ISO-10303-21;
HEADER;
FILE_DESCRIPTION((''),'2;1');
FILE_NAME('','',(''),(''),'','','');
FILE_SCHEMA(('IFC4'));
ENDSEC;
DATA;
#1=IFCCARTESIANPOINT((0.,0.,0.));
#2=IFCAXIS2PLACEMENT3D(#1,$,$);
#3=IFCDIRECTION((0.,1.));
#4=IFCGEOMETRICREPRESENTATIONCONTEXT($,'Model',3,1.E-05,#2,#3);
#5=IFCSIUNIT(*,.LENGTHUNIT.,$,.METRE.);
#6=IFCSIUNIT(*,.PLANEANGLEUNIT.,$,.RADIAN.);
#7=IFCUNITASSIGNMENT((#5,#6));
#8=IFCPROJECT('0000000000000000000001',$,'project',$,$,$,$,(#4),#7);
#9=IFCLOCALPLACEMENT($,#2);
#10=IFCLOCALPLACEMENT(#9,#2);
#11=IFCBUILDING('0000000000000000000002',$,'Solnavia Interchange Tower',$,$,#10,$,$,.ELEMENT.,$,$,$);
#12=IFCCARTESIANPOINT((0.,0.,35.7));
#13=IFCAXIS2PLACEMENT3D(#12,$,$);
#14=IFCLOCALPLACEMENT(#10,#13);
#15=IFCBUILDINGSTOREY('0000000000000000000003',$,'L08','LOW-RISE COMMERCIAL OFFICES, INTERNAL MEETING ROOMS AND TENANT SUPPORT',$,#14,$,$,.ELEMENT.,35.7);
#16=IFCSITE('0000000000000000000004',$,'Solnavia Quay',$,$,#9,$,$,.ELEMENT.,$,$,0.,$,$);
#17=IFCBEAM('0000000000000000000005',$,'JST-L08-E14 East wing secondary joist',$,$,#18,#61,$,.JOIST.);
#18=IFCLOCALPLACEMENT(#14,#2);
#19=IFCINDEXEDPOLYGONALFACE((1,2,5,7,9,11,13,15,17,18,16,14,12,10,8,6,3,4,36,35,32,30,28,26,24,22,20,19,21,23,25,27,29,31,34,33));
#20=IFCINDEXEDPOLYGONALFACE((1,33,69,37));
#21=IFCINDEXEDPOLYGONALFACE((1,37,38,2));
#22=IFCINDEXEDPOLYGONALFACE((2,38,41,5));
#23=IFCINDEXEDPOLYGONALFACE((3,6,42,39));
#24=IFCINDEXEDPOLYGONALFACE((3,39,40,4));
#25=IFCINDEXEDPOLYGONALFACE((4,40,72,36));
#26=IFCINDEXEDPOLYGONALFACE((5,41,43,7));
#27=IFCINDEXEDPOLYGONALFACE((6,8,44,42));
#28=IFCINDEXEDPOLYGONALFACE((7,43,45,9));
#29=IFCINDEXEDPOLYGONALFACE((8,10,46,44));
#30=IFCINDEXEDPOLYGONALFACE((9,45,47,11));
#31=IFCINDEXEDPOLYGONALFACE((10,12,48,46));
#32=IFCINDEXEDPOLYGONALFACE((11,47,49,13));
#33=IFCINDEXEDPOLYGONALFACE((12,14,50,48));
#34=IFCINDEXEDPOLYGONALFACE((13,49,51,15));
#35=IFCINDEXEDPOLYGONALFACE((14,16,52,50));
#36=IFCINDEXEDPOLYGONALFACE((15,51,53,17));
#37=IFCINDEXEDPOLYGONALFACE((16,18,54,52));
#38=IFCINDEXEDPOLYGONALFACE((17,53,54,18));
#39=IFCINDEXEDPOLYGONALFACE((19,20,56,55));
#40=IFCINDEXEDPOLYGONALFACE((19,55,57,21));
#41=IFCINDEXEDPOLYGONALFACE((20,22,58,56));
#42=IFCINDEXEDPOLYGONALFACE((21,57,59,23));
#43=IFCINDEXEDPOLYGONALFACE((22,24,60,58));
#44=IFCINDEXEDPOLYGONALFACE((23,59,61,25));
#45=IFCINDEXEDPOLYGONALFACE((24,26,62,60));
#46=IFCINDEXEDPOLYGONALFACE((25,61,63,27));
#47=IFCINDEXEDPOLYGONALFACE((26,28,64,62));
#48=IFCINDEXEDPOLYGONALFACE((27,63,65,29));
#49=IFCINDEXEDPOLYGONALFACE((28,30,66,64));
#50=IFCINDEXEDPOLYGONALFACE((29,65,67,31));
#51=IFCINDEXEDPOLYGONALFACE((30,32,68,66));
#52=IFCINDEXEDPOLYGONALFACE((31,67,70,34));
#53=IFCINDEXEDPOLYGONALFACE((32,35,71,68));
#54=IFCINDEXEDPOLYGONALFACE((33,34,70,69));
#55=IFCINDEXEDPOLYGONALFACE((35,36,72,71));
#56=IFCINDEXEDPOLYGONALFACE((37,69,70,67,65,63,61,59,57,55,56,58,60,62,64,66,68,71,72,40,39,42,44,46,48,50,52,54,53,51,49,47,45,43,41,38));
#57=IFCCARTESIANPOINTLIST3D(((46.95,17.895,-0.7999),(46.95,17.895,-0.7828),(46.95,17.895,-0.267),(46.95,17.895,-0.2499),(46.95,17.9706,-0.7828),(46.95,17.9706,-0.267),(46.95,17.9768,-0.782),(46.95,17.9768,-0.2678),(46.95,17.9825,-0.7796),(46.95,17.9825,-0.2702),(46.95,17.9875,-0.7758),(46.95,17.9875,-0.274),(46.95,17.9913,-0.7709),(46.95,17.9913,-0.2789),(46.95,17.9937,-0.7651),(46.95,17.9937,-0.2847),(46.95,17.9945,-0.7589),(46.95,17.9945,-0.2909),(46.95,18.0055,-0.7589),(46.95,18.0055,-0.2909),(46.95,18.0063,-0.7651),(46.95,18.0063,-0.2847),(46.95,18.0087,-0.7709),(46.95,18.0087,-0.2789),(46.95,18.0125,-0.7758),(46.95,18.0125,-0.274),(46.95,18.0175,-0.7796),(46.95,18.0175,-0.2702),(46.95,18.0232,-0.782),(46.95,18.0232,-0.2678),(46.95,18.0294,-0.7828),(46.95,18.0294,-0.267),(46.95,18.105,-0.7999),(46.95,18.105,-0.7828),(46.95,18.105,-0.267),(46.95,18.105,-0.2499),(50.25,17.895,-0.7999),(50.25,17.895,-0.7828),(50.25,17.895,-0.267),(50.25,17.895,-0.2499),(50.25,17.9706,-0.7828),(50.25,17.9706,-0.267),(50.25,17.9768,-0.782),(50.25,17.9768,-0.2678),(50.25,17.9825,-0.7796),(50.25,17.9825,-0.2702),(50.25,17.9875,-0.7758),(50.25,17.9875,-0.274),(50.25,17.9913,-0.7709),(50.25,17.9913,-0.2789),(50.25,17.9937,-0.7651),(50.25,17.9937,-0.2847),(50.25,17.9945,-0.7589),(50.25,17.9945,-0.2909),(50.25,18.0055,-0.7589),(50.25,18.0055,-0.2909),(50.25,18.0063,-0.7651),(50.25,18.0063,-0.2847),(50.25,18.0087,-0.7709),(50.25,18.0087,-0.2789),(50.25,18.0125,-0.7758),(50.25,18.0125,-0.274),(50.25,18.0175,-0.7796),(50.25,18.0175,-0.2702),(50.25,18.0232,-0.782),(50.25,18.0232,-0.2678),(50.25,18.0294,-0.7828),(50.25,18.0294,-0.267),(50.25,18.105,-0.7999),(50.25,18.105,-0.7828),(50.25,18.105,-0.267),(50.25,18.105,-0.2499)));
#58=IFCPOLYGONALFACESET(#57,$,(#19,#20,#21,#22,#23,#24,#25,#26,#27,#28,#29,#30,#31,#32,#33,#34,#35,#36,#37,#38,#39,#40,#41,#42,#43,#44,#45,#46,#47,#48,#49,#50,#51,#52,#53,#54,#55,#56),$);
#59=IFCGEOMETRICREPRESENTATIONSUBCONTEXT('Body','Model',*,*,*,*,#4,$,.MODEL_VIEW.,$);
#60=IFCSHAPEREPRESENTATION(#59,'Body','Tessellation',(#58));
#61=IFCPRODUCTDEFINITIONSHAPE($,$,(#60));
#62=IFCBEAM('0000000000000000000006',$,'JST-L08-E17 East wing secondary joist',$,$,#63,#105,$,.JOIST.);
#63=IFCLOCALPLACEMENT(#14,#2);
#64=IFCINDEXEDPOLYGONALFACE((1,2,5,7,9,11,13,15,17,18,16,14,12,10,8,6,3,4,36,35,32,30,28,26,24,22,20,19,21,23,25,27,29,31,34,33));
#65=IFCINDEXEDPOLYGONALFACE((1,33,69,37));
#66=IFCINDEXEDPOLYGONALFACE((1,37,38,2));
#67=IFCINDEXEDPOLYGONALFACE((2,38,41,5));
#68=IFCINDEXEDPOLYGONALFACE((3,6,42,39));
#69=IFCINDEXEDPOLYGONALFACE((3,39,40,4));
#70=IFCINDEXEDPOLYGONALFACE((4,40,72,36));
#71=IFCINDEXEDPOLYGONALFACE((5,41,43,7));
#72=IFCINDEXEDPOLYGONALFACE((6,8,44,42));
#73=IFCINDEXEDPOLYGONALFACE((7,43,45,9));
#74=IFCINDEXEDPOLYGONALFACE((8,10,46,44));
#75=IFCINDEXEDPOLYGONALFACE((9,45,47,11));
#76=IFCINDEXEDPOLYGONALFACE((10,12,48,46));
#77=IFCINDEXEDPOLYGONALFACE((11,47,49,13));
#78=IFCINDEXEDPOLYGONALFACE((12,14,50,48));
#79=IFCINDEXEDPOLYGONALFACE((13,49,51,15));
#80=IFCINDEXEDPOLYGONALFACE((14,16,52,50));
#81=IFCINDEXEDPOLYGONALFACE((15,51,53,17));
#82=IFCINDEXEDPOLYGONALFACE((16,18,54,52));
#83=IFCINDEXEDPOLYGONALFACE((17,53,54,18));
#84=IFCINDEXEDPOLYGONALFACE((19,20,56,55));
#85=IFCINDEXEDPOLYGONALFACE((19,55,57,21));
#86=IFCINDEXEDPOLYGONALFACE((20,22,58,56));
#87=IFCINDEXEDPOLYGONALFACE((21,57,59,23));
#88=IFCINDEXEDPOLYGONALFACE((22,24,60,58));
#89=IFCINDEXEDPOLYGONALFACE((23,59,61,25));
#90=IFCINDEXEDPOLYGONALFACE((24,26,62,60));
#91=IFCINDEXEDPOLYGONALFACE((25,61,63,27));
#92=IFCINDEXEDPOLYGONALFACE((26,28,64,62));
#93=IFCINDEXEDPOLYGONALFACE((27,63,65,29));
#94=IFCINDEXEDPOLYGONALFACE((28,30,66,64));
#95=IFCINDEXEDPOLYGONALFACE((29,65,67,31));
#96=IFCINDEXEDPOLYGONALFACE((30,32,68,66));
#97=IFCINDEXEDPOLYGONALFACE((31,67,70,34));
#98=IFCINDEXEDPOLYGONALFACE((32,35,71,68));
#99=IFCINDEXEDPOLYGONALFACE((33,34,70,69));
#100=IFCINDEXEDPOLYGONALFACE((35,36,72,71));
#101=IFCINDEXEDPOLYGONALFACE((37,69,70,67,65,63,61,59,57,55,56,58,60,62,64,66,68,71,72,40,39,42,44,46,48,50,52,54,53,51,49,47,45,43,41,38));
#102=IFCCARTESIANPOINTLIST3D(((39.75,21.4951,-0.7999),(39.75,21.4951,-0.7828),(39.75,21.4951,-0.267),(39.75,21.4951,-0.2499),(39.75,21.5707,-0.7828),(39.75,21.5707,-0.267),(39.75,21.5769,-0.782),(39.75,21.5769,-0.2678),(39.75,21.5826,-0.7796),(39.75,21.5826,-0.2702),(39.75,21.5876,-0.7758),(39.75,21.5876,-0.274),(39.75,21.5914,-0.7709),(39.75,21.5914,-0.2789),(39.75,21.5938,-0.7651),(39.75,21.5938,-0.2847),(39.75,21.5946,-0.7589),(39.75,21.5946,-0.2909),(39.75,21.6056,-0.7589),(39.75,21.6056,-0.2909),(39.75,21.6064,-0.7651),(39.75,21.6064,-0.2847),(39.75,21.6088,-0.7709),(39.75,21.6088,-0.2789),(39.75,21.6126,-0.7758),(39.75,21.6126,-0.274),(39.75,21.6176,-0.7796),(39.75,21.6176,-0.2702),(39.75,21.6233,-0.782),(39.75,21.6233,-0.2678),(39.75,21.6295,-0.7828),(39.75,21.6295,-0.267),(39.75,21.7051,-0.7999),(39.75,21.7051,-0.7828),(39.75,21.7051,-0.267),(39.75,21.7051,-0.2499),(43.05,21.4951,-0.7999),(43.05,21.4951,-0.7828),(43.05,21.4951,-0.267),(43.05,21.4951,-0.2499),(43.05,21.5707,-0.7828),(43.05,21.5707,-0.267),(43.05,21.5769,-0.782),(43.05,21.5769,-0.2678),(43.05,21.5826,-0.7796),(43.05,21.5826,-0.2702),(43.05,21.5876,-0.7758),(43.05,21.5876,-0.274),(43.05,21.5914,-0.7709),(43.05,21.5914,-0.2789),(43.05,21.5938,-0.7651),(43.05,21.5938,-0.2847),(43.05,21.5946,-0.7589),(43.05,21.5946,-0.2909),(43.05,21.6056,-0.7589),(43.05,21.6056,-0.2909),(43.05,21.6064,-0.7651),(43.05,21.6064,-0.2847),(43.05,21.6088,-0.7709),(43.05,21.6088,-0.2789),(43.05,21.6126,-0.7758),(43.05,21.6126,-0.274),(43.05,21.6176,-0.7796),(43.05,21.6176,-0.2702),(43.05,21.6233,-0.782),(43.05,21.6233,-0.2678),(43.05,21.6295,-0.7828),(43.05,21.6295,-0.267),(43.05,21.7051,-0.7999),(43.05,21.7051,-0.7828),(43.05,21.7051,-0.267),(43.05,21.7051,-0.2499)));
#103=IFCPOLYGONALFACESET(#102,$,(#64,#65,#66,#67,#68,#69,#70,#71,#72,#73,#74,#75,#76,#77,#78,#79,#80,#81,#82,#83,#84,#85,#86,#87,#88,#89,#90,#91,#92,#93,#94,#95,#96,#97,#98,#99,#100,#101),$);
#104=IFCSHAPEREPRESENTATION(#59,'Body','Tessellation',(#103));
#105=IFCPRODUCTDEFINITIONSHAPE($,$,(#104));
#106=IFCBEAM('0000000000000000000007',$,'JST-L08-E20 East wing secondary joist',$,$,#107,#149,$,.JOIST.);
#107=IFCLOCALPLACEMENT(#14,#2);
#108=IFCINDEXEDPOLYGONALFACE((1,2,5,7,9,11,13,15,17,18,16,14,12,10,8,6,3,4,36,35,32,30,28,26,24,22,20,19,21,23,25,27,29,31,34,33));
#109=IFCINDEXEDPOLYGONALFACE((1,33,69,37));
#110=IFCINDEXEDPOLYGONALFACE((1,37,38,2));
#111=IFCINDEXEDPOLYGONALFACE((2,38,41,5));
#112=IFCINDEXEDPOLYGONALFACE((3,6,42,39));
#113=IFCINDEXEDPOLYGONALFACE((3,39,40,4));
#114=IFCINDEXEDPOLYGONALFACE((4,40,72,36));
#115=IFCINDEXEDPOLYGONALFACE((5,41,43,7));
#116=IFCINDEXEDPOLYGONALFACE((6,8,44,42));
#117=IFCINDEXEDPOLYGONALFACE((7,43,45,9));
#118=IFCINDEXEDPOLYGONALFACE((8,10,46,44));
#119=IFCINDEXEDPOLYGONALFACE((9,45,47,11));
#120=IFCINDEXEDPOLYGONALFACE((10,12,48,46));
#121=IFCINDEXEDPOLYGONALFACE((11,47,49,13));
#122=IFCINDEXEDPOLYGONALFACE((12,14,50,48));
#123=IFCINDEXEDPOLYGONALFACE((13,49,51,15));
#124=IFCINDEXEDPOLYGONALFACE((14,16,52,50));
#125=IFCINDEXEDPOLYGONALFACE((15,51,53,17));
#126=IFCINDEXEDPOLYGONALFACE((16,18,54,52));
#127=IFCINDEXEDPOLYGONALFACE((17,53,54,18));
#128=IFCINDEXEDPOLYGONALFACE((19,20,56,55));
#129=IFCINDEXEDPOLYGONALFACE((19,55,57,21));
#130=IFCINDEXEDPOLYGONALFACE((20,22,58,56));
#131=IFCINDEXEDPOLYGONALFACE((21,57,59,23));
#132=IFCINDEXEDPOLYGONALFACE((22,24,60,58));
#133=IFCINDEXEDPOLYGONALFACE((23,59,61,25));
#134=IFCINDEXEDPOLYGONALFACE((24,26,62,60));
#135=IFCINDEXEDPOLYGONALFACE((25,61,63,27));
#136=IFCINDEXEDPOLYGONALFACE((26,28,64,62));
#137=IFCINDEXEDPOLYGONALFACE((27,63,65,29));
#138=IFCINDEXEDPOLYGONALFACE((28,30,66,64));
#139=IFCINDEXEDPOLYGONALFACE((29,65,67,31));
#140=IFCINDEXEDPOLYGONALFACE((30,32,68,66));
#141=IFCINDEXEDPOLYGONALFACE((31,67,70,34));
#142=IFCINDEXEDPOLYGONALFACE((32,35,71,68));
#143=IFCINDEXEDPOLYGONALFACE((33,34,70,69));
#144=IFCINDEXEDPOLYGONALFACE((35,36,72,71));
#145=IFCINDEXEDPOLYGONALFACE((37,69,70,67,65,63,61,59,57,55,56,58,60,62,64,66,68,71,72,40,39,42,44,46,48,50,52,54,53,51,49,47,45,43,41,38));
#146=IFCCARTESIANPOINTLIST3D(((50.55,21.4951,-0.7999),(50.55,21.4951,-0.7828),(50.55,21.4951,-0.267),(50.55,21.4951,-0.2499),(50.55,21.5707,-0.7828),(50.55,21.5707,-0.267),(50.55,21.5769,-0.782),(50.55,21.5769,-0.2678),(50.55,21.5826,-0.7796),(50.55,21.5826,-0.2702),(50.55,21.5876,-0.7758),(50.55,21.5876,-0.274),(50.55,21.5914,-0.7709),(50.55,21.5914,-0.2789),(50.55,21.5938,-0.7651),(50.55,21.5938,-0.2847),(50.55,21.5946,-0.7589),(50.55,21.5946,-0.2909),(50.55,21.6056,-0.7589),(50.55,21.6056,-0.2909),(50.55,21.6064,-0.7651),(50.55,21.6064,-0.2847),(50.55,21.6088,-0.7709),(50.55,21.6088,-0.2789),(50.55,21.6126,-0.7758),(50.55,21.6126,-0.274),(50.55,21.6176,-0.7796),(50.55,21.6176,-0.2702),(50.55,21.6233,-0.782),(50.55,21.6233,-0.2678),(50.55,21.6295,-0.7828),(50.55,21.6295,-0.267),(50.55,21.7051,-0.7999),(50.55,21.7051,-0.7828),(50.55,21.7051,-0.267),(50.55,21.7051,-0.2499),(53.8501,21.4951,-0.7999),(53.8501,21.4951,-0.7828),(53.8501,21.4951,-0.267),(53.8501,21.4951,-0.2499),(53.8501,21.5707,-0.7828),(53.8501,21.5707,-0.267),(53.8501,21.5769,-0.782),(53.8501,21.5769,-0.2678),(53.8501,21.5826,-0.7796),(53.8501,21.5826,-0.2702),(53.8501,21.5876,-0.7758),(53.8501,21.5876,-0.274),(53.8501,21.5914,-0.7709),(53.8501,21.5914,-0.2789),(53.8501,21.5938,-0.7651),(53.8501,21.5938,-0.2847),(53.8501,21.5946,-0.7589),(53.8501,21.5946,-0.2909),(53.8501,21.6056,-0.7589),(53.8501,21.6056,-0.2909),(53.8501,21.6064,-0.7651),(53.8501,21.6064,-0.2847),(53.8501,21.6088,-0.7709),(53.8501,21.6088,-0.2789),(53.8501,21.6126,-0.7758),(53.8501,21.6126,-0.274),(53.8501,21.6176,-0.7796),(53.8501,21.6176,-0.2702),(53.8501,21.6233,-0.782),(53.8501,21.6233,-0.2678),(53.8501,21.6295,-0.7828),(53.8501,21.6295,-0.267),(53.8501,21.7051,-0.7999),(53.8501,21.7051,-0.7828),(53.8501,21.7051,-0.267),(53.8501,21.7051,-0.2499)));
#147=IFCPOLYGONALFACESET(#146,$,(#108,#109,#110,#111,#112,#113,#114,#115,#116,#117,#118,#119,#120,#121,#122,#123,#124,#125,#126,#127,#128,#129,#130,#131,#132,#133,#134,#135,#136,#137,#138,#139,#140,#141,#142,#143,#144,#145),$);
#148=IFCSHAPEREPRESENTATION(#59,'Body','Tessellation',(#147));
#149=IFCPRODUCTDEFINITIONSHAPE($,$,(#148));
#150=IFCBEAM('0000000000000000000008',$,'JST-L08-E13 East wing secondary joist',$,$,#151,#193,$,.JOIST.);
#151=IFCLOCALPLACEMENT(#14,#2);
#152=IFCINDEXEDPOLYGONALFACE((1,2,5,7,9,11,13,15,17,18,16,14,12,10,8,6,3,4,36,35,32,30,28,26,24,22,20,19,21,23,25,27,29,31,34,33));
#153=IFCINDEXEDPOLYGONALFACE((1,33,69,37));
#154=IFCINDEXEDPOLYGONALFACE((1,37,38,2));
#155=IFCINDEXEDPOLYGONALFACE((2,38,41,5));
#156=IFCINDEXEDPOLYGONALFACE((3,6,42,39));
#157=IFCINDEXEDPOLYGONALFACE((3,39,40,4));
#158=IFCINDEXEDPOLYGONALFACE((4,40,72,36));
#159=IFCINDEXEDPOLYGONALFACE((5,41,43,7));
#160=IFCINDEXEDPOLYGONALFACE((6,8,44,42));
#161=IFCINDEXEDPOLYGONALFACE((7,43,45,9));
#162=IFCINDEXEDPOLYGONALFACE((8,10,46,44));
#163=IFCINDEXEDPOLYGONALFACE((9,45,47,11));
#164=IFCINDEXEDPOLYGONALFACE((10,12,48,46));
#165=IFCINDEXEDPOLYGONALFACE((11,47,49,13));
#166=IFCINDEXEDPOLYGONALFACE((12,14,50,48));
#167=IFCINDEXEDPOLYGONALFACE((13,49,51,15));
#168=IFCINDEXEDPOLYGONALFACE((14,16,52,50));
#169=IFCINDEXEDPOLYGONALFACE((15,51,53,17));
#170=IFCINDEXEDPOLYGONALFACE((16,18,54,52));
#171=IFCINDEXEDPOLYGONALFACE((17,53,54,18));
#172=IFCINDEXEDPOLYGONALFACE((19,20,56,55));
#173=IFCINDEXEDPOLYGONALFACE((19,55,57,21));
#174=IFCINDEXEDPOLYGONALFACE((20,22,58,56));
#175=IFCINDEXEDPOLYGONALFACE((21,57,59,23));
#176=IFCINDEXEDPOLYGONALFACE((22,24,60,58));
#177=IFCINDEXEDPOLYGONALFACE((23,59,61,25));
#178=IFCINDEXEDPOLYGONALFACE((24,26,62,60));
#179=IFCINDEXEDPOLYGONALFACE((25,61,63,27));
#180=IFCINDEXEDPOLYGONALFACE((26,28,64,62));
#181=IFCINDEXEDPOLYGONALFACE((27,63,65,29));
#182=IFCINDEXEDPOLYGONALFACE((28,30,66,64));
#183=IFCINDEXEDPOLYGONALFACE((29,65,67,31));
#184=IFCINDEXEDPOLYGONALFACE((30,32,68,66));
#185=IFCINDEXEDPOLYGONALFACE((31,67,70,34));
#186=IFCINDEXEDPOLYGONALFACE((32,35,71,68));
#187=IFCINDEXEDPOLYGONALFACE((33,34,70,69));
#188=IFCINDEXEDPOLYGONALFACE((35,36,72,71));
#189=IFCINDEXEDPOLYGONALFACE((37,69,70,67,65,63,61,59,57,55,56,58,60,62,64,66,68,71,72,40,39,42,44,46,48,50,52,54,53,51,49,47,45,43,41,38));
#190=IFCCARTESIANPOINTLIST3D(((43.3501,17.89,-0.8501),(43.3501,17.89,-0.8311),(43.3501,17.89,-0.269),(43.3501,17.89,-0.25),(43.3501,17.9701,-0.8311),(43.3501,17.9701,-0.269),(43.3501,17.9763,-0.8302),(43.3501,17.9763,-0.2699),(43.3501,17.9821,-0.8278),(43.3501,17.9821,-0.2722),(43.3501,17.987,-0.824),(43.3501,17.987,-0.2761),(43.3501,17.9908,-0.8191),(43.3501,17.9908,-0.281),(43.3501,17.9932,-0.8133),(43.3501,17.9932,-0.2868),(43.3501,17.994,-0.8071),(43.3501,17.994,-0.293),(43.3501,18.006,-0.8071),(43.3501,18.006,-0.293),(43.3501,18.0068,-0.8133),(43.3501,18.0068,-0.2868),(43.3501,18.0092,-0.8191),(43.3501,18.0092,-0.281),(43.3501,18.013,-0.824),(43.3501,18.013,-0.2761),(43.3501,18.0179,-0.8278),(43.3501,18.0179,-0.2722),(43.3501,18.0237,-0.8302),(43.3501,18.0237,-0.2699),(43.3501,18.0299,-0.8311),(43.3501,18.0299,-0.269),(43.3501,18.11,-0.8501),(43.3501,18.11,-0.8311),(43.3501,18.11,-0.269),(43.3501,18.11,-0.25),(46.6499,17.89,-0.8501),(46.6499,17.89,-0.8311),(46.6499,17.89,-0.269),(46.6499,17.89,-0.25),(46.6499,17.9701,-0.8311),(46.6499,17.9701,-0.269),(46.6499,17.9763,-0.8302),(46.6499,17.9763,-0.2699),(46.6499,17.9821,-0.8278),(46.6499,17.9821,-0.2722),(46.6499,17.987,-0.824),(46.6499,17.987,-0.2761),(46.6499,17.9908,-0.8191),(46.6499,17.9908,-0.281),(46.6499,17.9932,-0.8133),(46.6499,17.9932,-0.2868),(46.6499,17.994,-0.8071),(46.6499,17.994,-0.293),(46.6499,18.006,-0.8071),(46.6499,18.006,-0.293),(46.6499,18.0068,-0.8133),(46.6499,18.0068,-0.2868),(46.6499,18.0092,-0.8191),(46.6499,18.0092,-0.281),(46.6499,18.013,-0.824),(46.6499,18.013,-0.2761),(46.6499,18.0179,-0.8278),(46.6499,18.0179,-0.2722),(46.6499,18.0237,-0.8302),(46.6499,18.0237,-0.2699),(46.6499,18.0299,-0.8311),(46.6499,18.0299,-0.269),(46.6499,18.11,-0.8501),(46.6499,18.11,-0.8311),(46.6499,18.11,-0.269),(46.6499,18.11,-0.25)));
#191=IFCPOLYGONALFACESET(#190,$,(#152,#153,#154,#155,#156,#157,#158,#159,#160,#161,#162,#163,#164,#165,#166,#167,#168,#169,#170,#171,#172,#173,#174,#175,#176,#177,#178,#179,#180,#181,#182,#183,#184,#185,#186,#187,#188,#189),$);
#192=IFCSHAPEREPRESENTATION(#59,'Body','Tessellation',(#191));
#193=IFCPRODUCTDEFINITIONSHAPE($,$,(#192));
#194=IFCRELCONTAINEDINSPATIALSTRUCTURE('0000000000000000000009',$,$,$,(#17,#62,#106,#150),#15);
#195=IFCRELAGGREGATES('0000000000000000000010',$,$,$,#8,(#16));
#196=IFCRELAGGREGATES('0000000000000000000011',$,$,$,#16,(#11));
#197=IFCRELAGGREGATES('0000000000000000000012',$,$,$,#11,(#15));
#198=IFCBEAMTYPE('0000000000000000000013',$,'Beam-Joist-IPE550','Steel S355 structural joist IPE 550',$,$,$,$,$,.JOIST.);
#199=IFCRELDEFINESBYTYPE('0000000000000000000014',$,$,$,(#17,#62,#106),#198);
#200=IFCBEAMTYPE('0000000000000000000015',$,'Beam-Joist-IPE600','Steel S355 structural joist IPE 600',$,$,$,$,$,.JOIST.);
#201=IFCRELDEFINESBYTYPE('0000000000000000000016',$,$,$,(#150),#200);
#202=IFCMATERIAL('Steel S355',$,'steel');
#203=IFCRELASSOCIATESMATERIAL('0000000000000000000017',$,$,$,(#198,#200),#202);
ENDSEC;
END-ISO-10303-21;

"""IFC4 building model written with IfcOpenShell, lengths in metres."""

from ifc_helpers import new_model, si_unit, direction, frame, origin, origin_2d, place, context, subcontext, project, spatial, i_section, extrude, material, material_profile, profile_set, type_object, element, save


model = new_model("IFC4")

# Units and contexts
model_context = context("Model", 3, precision=1e-05, world=origin(), true_north=direction((0.0, 1.0)))
body_context = subcontext(model_context, "Body", "Model", "MODEL_VIEW")
ifc_project = project(units=[si_unit("LENGTHUNIT", "METRE"), si_unit("PLANEANGLEUNIT", "RADIAN")], contexts=[model_context])

# Site, building, storey
site_placement = place(None, origin())
site = spatial("IfcSite", under=ifc_project, at=site_placement, Name="Solnavia Quay", CompositionType="ELEMENT", RefElevation=0.0)
building_placement = place(site_placement, origin())
building = spatial("IfcBuilding", under=site, at=building_placement, Name="Solnavia Interchange Tower", CompositionType="ELEMENT")
storey_placement = place(building_placement, frame((0.0, 0.0, 35.7)))
storey = spatial("IfcBuildingStorey", under=building, at=storey_placement, Name="L08", Description="LOW-RISE COMMERCIAL OFFICES, INTERNAL MEETING ROOMS AND TENANT SUPPORT", CompositionType="ELEMENT", Elevation=35.7)

# Beams
ifc_material_1 = material(Name="Steel S355", Category="steel")
ifc_material_profile_1 = material_profile(ifc_material_1, i_section(OverallWidth=0.21, OverallDepth=0.55, WebThickness=0.011, FlangeThickness=0.0171, FilletRadius=0.0239, at=origin_2d()), Name="IPE 550")
ifc_profile_set_1 = profile_set([ifc_material_profile_1], Name="Steel S355")
beam_type_1 = type_object("IfcBeamType", Name="Beam-Joist-IPE550", Description="Steel S355 structural joist IPE 550", PredefinedType="JOIST", material=ifc_profile_set_1)
for number, where, z_axis, x_axis, name in (
    (1, (46.95, 18.0, -0.5249), (1.0, 0.0, 0.0), (0.0, 1.0, 0.0), "JST-L08-E14 East wing secondary joist"),
    (2, (39.75, 21.6001, -0.5249), (1.0, 0.0, 0.0), (0.0, 1.0, 0.0), "JST-L08-E17 East wing secondary joist"),
    (3, (50.55, 21.6001, -0.5249), (1.0, 0.0, 0.0), (0.0, 1.0, 0.0), "JST-L08-E20 East wing secondary joist"),
):
    element("IfcBeam", number, at=place(storey_placement, frame(where, z_axis=z_axis, x_axis=x_axis)), inside=storey, type_object=beam_type_1, Name=name, PredefinedType="JOIST", context=body_context, shape_type="SweptSolid", body=[
        extrude(i_section(OverallWidth=0.21, OverallDepth=0.55, WebThickness=0.011, FlangeThickness=0.0171, FilletRadius=0.0239, at=origin_2d()), origin(), (0.0, 0.0, 1.0), 3.3),
    ])
ifc_material_profile_2 = material_profile(ifc_material_1, i_section(OverallWidth=0.22, OverallDepth=0.6001, WebThickness=0.012, FlangeThickness=0.019, FilletRadius=0.0239, at=origin_2d()), Name="IPE 600")
ifc_profile_set_2 = profile_set([ifc_material_profile_2], Name="Steel S355")
beam_type_2 = type_object("IfcBeamType", Name="Beam-Joist-IPE600", Description="Steel S355 structural joist IPE 600", PredefinedType="JOIST", material=ifc_profile_set_2)
beam_1_placement = place(storey_placement, frame((43.3501, 18.0, -0.55), z_axis=(1.0, 0.0, 0.0), x_axis=(0.0, 1.0, 0.0)))
element("IfcBeam", 4, at=beam_1_placement, inside=storey, type_object=beam_type_2, Name="JST-L08-E13 East wing secondary joist", PredefinedType="JOIST", context=body_context, shape_type="SweptSolid", body=[
    extrude(i_section(OverallWidth=0.22, OverallDepth=0.6001, WebThickness=0.012, FlangeThickness=0.019, FilletRadius=0.0239, at=origin_2d()), origin(), (0.0, 0.0, 1.0), 3.2998),
])

save(model, "model.ifc")
